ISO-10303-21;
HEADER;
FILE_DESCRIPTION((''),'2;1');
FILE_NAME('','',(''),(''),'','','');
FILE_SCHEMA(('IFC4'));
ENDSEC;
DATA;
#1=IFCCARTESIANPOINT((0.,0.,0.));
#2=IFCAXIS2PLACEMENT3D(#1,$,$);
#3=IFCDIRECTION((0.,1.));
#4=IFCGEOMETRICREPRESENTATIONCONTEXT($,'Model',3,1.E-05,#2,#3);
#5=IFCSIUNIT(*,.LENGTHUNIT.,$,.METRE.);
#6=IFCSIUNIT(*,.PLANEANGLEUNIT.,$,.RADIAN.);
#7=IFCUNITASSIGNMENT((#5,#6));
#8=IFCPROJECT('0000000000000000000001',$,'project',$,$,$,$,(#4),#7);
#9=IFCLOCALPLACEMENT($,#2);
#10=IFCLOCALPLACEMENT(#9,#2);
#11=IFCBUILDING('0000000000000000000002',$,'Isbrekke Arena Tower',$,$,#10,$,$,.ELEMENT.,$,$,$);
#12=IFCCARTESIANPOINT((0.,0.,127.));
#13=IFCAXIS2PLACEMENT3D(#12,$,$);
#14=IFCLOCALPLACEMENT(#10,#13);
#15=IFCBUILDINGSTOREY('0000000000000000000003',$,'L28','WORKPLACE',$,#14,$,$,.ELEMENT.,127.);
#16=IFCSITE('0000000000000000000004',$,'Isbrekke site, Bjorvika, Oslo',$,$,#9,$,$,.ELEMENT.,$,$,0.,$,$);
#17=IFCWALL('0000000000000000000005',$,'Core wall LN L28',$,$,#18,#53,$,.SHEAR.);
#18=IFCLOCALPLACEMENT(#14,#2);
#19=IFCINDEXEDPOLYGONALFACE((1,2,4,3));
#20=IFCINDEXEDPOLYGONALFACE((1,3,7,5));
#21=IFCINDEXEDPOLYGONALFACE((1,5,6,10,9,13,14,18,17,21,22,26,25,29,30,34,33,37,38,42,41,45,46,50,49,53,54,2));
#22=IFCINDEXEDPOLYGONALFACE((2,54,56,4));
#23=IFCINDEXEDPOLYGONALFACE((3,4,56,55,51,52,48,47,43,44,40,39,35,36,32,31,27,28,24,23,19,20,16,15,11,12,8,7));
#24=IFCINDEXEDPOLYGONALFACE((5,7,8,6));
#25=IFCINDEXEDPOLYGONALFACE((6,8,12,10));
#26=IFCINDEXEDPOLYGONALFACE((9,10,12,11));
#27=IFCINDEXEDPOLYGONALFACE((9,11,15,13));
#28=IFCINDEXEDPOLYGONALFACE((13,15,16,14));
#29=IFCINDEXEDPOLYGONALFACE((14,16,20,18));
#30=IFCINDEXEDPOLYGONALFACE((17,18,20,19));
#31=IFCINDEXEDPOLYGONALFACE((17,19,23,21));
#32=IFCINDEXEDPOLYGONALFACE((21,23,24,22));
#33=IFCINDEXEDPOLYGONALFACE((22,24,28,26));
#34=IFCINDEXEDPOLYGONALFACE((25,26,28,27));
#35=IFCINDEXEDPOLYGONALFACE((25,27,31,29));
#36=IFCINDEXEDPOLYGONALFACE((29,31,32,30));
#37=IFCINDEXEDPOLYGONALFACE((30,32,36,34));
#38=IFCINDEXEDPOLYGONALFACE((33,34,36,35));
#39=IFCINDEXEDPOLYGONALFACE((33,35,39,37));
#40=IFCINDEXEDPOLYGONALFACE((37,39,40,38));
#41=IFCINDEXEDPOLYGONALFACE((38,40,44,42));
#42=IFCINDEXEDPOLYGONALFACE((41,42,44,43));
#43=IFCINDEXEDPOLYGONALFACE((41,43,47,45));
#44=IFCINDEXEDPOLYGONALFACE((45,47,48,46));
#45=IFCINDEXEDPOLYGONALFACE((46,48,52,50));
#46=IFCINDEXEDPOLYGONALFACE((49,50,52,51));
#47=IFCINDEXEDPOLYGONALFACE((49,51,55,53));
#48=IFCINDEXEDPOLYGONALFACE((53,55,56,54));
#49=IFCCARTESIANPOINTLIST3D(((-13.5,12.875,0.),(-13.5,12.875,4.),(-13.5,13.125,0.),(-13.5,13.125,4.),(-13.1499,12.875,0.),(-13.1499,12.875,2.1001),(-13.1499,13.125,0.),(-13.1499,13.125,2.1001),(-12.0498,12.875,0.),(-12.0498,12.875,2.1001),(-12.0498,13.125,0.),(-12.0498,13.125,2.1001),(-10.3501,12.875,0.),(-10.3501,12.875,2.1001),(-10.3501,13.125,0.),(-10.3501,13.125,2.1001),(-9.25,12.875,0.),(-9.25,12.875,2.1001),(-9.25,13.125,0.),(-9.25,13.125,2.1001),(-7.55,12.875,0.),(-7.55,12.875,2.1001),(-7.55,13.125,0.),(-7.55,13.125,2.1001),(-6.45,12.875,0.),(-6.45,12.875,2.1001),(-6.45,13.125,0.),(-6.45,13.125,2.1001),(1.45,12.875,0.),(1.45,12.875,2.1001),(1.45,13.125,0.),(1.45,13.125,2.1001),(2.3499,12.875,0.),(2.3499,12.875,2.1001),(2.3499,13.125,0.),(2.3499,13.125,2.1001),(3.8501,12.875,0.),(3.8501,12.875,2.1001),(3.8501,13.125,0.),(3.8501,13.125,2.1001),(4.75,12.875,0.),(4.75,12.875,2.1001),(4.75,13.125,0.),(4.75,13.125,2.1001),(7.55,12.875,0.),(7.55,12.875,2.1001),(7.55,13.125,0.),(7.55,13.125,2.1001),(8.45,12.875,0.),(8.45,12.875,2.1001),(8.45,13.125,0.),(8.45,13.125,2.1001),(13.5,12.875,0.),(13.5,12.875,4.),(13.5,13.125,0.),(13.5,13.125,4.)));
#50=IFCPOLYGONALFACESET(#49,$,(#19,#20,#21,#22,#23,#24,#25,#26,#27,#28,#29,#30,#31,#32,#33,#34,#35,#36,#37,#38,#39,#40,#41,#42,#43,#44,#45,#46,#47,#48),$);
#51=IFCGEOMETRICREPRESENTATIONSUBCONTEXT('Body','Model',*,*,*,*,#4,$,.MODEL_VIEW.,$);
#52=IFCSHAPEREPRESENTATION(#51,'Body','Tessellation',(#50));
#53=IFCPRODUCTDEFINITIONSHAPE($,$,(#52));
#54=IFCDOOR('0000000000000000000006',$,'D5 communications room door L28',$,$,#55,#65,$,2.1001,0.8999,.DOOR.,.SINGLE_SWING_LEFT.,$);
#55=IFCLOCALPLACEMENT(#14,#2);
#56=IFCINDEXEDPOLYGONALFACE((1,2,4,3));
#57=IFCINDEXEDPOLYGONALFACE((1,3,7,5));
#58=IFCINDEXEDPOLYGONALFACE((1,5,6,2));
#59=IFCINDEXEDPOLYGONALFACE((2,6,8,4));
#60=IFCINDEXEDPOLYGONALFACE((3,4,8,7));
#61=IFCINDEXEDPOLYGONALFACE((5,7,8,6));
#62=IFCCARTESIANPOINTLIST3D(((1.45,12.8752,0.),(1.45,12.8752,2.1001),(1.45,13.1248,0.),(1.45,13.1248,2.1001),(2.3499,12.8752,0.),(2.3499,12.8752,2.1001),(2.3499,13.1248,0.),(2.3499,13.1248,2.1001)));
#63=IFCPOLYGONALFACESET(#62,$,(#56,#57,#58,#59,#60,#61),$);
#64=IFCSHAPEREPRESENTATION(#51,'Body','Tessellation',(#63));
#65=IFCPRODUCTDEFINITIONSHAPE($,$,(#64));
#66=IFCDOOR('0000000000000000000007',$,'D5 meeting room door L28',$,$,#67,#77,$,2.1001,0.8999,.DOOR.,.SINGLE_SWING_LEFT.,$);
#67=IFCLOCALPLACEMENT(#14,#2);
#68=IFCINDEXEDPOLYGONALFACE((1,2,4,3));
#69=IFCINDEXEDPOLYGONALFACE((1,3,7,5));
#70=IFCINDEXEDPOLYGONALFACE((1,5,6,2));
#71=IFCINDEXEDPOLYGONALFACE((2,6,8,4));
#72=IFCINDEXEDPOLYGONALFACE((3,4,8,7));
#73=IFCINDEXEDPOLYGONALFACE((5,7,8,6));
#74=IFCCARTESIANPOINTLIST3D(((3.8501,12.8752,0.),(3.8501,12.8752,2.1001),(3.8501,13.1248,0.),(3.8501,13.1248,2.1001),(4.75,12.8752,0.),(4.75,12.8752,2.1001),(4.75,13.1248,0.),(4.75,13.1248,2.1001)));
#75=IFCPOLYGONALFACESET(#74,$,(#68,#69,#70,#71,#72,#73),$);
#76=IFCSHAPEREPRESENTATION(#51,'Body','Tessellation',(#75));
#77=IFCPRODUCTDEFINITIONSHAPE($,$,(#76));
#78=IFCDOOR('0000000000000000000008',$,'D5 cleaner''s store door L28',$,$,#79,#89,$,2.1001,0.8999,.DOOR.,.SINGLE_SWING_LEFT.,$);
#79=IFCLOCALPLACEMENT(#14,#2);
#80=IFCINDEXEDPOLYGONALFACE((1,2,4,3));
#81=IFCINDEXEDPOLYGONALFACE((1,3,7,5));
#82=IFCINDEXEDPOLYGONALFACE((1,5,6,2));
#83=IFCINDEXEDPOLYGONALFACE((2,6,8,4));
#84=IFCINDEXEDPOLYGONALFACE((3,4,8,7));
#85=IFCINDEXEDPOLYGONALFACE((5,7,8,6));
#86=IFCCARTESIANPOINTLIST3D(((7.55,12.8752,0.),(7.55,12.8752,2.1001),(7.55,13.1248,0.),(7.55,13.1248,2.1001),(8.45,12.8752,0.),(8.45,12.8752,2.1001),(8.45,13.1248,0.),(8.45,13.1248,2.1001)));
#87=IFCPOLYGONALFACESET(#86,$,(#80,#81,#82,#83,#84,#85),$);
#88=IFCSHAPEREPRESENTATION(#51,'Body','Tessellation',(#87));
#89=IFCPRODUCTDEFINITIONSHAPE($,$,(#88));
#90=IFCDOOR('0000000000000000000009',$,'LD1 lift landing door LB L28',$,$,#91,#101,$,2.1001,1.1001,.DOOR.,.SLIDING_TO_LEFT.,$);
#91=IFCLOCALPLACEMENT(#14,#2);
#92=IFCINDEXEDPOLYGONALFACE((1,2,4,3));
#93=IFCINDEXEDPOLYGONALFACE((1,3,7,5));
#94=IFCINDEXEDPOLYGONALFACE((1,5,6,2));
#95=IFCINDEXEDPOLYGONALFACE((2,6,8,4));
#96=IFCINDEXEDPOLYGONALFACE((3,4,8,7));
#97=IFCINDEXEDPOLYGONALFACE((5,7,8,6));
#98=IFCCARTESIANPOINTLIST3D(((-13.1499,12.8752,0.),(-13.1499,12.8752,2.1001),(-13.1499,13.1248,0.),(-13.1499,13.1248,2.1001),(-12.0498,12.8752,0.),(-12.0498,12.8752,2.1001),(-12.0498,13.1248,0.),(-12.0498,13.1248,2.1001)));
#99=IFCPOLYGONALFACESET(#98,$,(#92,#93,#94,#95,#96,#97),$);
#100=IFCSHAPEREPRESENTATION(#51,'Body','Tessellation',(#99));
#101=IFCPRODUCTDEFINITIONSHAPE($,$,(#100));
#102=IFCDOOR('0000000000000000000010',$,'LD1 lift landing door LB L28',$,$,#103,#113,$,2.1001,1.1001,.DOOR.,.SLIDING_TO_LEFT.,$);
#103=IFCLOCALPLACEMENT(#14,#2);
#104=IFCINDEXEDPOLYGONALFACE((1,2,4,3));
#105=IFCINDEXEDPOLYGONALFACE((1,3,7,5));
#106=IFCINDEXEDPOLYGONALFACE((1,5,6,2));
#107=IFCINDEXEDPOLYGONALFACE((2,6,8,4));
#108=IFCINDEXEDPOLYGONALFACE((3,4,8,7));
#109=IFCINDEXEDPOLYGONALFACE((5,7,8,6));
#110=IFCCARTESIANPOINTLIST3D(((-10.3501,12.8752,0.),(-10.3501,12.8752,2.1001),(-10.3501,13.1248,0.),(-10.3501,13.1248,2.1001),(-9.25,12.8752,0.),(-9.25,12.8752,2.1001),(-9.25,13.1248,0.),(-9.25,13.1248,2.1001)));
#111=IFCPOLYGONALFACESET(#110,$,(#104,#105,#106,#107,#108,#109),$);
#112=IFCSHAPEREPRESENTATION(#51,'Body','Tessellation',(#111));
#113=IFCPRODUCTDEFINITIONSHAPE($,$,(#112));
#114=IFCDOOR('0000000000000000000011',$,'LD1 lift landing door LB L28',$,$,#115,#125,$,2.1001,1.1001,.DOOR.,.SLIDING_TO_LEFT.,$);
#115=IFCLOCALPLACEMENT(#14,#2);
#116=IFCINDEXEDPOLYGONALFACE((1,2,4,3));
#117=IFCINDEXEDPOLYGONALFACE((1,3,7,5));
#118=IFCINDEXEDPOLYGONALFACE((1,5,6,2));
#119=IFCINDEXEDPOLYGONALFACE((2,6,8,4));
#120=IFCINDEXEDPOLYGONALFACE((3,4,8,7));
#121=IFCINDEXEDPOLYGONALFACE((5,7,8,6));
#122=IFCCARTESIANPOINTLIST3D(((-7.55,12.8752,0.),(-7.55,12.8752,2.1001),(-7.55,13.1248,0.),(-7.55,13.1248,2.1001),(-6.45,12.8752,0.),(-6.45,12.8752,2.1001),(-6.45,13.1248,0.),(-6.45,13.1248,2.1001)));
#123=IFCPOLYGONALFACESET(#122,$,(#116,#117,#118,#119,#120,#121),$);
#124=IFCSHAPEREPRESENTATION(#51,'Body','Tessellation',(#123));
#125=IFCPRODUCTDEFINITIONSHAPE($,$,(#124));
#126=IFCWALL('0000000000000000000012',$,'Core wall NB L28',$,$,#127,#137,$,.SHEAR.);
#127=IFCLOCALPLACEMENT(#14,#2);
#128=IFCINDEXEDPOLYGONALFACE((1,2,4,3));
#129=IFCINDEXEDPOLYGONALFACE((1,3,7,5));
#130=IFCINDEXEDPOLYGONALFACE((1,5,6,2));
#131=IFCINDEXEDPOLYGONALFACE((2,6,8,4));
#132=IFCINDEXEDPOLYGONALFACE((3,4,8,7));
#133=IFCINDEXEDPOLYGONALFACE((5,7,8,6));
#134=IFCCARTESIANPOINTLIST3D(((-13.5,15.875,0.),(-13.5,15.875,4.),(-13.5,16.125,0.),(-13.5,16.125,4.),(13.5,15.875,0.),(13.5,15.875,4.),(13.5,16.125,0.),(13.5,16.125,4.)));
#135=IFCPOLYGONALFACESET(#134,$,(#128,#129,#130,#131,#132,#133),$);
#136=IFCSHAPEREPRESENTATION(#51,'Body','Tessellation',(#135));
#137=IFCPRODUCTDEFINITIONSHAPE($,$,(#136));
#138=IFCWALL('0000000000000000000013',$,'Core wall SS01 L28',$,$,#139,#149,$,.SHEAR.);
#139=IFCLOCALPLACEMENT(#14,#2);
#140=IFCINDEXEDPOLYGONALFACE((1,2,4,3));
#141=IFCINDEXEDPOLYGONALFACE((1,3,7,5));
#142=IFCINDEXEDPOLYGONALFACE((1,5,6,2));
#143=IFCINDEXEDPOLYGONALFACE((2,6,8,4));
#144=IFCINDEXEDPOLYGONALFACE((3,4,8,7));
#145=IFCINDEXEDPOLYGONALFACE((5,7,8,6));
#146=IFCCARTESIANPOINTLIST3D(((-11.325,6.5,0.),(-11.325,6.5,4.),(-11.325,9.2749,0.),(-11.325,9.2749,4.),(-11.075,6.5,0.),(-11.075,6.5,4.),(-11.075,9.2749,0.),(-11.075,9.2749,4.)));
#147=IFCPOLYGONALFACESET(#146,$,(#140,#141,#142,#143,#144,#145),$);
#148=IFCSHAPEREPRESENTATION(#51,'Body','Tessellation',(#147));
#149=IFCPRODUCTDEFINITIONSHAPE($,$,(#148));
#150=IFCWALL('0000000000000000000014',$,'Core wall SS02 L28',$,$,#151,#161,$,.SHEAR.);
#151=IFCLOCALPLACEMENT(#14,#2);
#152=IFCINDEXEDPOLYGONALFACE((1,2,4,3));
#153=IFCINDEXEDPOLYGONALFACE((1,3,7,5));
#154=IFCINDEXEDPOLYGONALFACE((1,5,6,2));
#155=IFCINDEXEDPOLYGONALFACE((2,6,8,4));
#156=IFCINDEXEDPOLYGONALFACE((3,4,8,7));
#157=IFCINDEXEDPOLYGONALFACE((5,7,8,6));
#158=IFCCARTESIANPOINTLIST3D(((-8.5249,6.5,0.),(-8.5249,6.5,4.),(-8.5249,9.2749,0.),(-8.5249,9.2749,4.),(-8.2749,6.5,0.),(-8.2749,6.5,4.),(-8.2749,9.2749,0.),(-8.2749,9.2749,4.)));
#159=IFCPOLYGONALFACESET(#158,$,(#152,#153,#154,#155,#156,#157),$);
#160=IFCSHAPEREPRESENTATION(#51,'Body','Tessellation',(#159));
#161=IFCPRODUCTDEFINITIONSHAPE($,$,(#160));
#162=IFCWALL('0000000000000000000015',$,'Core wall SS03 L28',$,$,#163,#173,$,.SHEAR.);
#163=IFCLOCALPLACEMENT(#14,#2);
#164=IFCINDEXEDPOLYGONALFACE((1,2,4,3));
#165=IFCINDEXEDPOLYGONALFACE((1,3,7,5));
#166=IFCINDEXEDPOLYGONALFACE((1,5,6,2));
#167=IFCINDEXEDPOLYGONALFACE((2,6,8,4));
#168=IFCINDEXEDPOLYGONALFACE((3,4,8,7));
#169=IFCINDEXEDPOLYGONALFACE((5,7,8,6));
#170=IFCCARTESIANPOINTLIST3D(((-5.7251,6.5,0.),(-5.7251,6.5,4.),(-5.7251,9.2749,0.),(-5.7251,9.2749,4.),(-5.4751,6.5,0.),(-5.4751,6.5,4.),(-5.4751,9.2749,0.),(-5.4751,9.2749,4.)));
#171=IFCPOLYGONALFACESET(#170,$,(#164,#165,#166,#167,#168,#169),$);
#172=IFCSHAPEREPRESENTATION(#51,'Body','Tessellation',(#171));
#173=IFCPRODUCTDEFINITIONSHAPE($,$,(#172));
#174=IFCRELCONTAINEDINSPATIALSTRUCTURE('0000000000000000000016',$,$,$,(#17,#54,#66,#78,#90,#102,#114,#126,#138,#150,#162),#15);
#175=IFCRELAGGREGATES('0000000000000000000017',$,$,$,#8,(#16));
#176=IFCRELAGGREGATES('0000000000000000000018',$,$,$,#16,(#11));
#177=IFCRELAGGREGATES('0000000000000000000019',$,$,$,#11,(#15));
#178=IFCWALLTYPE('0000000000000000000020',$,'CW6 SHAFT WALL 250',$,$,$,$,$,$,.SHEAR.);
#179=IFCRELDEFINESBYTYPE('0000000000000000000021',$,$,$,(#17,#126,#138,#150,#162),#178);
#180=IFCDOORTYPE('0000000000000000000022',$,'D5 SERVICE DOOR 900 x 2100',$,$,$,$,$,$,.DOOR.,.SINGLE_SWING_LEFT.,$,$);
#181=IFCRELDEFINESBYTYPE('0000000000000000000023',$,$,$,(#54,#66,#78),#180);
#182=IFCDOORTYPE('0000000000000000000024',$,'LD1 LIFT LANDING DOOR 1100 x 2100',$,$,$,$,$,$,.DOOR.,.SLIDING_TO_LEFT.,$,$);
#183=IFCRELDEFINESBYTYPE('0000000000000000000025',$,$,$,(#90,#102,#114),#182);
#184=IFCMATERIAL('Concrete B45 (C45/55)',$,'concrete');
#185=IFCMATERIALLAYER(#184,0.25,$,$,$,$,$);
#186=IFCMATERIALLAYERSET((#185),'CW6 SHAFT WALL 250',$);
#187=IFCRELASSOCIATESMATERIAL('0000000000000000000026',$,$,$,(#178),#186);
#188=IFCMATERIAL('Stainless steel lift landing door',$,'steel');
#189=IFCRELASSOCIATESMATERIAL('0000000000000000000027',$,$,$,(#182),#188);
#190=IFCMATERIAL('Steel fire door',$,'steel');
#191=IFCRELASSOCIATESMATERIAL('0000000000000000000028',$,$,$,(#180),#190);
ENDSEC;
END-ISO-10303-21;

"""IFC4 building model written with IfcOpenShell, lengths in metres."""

from ifc_helpers import new_model, si_unit, direction, frame, frame_2d, origin, place, context, subcontext, project, spatial, rectangle, extrude, material, layer, layer_set, type_object, element, fill, save


model = new_model("IFC4")

# Units and contexts
model_context = context("Model", 3, precision=1e-05, world=origin(), true_north=direction((0.0, 1.0)))
body_context = subcontext(model_context, "Body", "Model", "MODEL_VIEW")
ifc_project = project(units=[si_unit("LENGTHUNIT", "METRE"), si_unit("PLANEANGLEUNIT", "RADIAN")], contexts=[model_context])

# Site, building, storey
site_placement = place(None, origin())
site = spatial("IfcSite", under=ifc_project, at=site_placement, Name="Isbrekke site, Bjorvika, Oslo", CompositionType="ELEMENT", RefElevation=0.0)
building_placement = place(site_placement, origin())
building = spatial("IfcBuilding", under=site, at=building_placement, Name="Isbrekke Arena Tower", CompositionType="ELEMENT")
storey_placement = place(building_placement, frame((0.0, 0.0, 127.0)))
storey = spatial("IfcBuildingStorey", under=building, at=storey_placement, Name="L28", Description="WORKPLACE", CompositionType="ELEMENT", Elevation=127.0)

# Wall, openings, doors
ifc_material_1 = material(Name="Concrete B45 (C45/55)", Category="concrete")
ifc_layer_1 = layer(ifc_material_1, 0.25)
ifc_layer_set_1 = layer_set([ifc_layer_1], Name="CW6 SHAFT WALL 250")
wall_type_1 = type_object("IfcWallType", Name="CW6 SHAFT WALL 250", PredefinedType="SHEAR", material=ifc_layer_set_1)
ifc_material_2 = material(Name="Stainless steel lift landing door", Category="steel")
door_type_1 = type_object("IfcDoorType", Name="LD1 LIFT LANDING DOOR 1100 x 2100", OperationType="SLIDING_TO_LEFT", PredefinedType="DOOR", material=ifc_material_2)
wall_1_placement = place(storey_placement, frame((-13.5, 13.0, 0.0), z_axis=(0.0, 0.0, 1.0), x_axis=(1.0, 0.0, 0.0)))
wall_1 = element("IfcWall", 1, at=wall_1_placement, inside=storey, type_object=wall_type_1, Name="Core wall LN L28", PredefinedType="SHEAR", context=body_context, shape_type="SweptSolid", body=[
    extrude(rectangle(XDim=27.0, YDim=0.25, at=frame_2d((13.5, 0.0))), origin(), (0.0, 0.0, 1.0), 4.0),
])
opening_1_placement = place(wall_1_placement, frame((0.3501, 0.0, 0.0)))
opening_1 = element("IfcOpeningElement", 2, at=opening_1_placement, cuts=wall_1, PredefinedType="OPENING", context=body_context, shape_type="SweptSolid", body=[
    extrude(rectangle(XDim=1.1001, YDim=2.1001, at=frame_2d((0.55, 1.05))), frame((0.0, 0.1399, 0.0), z_axis=(0.0, -1.0, 0.0), x_axis=(1.0, 0.0, 0.0)), (0.0, 0.0, 1.0), 0.2798),
])
opening_2_placement = place(wall_1_placement, frame((3.1499, 0.0, 0.0)))
opening_2 = element("IfcOpeningElement", 3, at=opening_2_placement, cuts=wall_1, PredefinedType="OPENING", context=body_context, shape_type="SweptSolid", body=[
    extrude(rectangle(XDim=1.1001, YDim=2.1001, at=frame_2d((0.55, 1.05))), frame((0.0, 0.1399, 0.0), z_axis=(0.0, -1.0, 0.0), x_axis=(1.0, 0.0, 0.0)), (0.0, 0.0, 1.0), 0.2798),
])
opening_3_placement = place(wall_1_placement, frame((5.95, 0.0, 0.0)))
opening_3 = element("IfcOpeningElement", 4, at=opening_3_placement, cuts=wall_1, PredefinedType="OPENING", context=body_context, shape_type="SweptSolid", body=[
    extrude(rectangle(XDim=1.1001, YDim=2.1001, at=frame_2d((0.55, 1.05))), frame((0.0, 0.1399, 0.0), z_axis=(0.0, -1.0, 0.0), x_axis=(1.0, 0.0, 0.0)), (0.0, 0.0, 1.0), 0.2798),
])
opening_4_placement = place(wall_1_placement, frame((14.95, 0.0, 0.0)))
opening_4 = element("IfcOpeningElement", 5, at=opening_4_placement, cuts=wall_1, PredefinedType="OPENING", context=body_context, shape_type="SweptSolid", body=[
    extrude(rectangle(XDim=0.8999, YDim=2.1001, at=frame_2d((0.45, 1.05))), frame((0.0, 0.1399, 0.0), z_axis=(0.0, -1.0, 0.0), x_axis=(1.0, 0.0, 0.0)), (0.0, 0.0, 1.0), 0.2798),
])
opening_5_placement = place(wall_1_placement, frame((17.3501, 0.0, 0.0)))
opening_5 = element("IfcOpeningElement", 6, at=opening_5_placement, cuts=wall_1, PredefinedType="OPENING", context=body_context, shape_type="SweptSolid", body=[
    extrude(rectangle(XDim=0.8999, YDim=2.1001, at=frame_2d((0.45, 1.05))), frame((0.0, 0.1399, 0.0), z_axis=(0.0, -1.0, 0.0), x_axis=(1.0, 0.0, 0.0)), (0.0, 0.0, 1.0), 0.2798),
])
opening_6_placement = place(wall_1_placement, frame((21.05, 0.0, 0.0)))
opening_6 = element("IfcOpeningElement", 7, at=opening_6_placement, cuts=wall_1, PredefinedType="OPENING", context=body_context, shape_type="SweptSolid", body=[
    extrude(rectangle(XDim=0.8999, YDim=2.1001, at=frame_2d((0.45, 1.05))), frame((0.0, 0.1399, 0.0), z_axis=(0.0, -1.0, 0.0), x_axis=(1.0, 0.0, 0.0)), (0.0, 0.0, 1.0), 0.2798),
])
ifc_material_3 = material(Name="Steel fire door", Category="steel")
door_type_2 = type_object("IfcDoorType", Name="D5 SERVICE DOOR 900 x 2100", OperationType="SINGLE_SWING_LEFT", PredefinedType="DOOR", material=ifc_material_3)
door_1_placement = place(opening_4_placement, origin())
door_1 = element("IfcDoor", 8, at=door_1_placement, inside=storey, type_object=door_type_2, Name="D5 communications room door L28", OperationType="SINGLE_SWING_LEFT", OverallHeight=2.1001, OverallWidth=0.8999, PredefinedType="DOOR", context=body_context, shape_type="SweptSolid", body=[
    extrude(rectangle(XDim=0.8999, YDim=2.1001, at=frame_2d((0.45, 1.05))), frame((0.0, 0.1248, 0.0), z_axis=(0.0, -1.0, 0.0), x_axis=(1.0, 0.0, 0.0)), (0.0, 0.0, 1.0), 0.2495),
])
fill(opening_4, door_1)
door_2_placement = place(opening_5_placement, origin())
door_2 = element("IfcDoor", 9, at=door_2_placement, inside=storey, type_object=door_type_2, Name="D5 meeting room door L28", OperationType="SINGLE_SWING_LEFT", OverallHeight=2.1001, OverallWidth=0.8999, PredefinedType="DOOR", context=body_context, shape_type="SweptSolid", body=[
    extrude(rectangle(XDim=0.8999, YDim=2.1001, at=frame_2d((0.45, 1.05))), frame((0.0, 0.1248, 0.0), z_axis=(0.0, -1.0, 0.0), x_axis=(1.0, 0.0, 0.0)), (0.0, 0.0, 1.0), 0.2495),
])
fill(opening_5, door_2)
door_3_placement = place(opening_6_placement, origin())
door_3 = element("IfcDoor", 10, at=door_3_placement, inside=storey, type_object=door_type_2, Name="D5 cleaner's store door L28", OperationType="SINGLE_SWING_LEFT", OverallHeight=2.1001, OverallWidth=0.8999, PredefinedType="DOOR", context=body_context, shape_type="SweptSolid", body=[
    extrude(rectangle(XDim=0.8999, YDim=2.1001, at=frame_2d((0.45, 1.05))), frame((0.0, 0.1248, 0.0), z_axis=(0.0, -1.0, 0.0), x_axis=(1.0, 0.0, 0.0)), (0.0, 0.0, 1.0), 0.2495),
])
fill(opening_6, door_3)
door_4_placement = place(opening_1_placement, origin())
door_4 = element("IfcDoor", 11, at=door_4_placement, inside=storey, type_object=door_type_1, Name="LD1 lift landing door LB L28", OperationType="SLIDING_TO_LEFT", OverallHeight=2.1001, OverallWidth=1.1001, PredefinedType="DOOR", context=body_context, shape_type="SweptSolid", body=[
    extrude(rectangle(XDim=1.1001, YDim=2.1001, at=frame_2d((0.55, 1.05))), frame((0.0, 0.1248, 0.0), z_axis=(0.0, -1.0, 0.0), x_axis=(1.0, 0.0, 0.0)), (0.0, 0.0, 1.0), 0.2495),
])
fill(opening_1, door_4)
door_5_placement = place(opening_2_placement, origin())
door_5 = element("IfcDoor", 12, at=door_5_placement, inside=storey, type_object=door_type_1, Name="LD1 lift landing door LB L28", OperationType="SLIDING_TO_LEFT", OverallHeight=2.1001, OverallWidth=1.1001, PredefinedType="DOOR", context=body_context, shape_type="SweptSolid", body=[
    extrude(rectangle(XDim=1.1001, YDim=2.1001, at=frame_2d((0.55, 1.05))), frame((0.0, 0.1248, 0.0), z_axis=(0.0, -1.0, 0.0), x_axis=(1.0, 0.0, 0.0)), (0.0, 0.0, 1.0), 0.2495),
])
fill(opening_2, door_5)
door_6_placement = place(opening_3_placement, origin())
door_6 = element("IfcDoor", 13, at=door_6_placement, inside=storey, type_object=door_type_1, Name="LD1 lift landing door LB L28", OperationType="SLIDING_TO_LEFT", OverallHeight=2.1001, OverallWidth=1.1001, PredefinedType="DOOR", context=body_context, shape_type="SweptSolid", body=[
    extrude(rectangle(XDim=1.1001, YDim=2.1001, at=frame_2d((0.55, 1.05))), frame((0.0, 0.1248, 0.0), z_axis=(0.0, -1.0, 0.0), x_axis=(1.0, 0.0, 0.0)), (0.0, 0.0, 1.0), 0.2495),
])
fill(opening_3, door_6)

# Walls
wall_2_placement = place(storey_placement, frame((-13.5, 16.0, 0.0), z_axis=(0.0, 0.0, 1.0), x_axis=(1.0, 0.0, 0.0)))
element("IfcWall", 14, at=wall_2_placement, inside=storey, type_object=wall_type_1, Name="Core wall NB L28", PredefinedType="SHEAR", context=body_context, shape_type="SweptSolid", body=[
    extrude(rectangle(XDim=27.0, YDim=0.25, at=frame_2d((13.5, 0.0))), origin(), (0.0, 0.0, 1.0), 4.0),
])
for number, where, z_axis, x_axis, name in (
    (15, (-11.2, 6.5, 0.0), (0.0, 0.0, 1.0), (0.0, 1.0, 0.0), "Core wall SS01 L28"),
    (16, (-8.3999, 6.5, 0.0), (0.0, 0.0, 1.0), (0.0, 1.0, 0.0), "Core wall SS02 L28"),
    (17, (-5.6001, 6.5, 0.0), (0.0, 0.0, 1.0), (0.0, 1.0, 0.0), "Core wall SS03 L28"),
):
    element("IfcWall", number, at=place(storey_placement, frame(where, z_axis=z_axis, x_axis=x_axis)), inside=storey, type_object=wall_type_1, Name=name, PredefinedType="SHEAR", context=body_context, shape_type="SweptSolid", body=[
        extrude(rectangle(XDim=2.7749, YDim=0.25, at=frame_2d((1.3875, 0.0))), origin(), (0.0, 0.0, 1.0), 4.0),
    ])

save(model, "model.ifc")
